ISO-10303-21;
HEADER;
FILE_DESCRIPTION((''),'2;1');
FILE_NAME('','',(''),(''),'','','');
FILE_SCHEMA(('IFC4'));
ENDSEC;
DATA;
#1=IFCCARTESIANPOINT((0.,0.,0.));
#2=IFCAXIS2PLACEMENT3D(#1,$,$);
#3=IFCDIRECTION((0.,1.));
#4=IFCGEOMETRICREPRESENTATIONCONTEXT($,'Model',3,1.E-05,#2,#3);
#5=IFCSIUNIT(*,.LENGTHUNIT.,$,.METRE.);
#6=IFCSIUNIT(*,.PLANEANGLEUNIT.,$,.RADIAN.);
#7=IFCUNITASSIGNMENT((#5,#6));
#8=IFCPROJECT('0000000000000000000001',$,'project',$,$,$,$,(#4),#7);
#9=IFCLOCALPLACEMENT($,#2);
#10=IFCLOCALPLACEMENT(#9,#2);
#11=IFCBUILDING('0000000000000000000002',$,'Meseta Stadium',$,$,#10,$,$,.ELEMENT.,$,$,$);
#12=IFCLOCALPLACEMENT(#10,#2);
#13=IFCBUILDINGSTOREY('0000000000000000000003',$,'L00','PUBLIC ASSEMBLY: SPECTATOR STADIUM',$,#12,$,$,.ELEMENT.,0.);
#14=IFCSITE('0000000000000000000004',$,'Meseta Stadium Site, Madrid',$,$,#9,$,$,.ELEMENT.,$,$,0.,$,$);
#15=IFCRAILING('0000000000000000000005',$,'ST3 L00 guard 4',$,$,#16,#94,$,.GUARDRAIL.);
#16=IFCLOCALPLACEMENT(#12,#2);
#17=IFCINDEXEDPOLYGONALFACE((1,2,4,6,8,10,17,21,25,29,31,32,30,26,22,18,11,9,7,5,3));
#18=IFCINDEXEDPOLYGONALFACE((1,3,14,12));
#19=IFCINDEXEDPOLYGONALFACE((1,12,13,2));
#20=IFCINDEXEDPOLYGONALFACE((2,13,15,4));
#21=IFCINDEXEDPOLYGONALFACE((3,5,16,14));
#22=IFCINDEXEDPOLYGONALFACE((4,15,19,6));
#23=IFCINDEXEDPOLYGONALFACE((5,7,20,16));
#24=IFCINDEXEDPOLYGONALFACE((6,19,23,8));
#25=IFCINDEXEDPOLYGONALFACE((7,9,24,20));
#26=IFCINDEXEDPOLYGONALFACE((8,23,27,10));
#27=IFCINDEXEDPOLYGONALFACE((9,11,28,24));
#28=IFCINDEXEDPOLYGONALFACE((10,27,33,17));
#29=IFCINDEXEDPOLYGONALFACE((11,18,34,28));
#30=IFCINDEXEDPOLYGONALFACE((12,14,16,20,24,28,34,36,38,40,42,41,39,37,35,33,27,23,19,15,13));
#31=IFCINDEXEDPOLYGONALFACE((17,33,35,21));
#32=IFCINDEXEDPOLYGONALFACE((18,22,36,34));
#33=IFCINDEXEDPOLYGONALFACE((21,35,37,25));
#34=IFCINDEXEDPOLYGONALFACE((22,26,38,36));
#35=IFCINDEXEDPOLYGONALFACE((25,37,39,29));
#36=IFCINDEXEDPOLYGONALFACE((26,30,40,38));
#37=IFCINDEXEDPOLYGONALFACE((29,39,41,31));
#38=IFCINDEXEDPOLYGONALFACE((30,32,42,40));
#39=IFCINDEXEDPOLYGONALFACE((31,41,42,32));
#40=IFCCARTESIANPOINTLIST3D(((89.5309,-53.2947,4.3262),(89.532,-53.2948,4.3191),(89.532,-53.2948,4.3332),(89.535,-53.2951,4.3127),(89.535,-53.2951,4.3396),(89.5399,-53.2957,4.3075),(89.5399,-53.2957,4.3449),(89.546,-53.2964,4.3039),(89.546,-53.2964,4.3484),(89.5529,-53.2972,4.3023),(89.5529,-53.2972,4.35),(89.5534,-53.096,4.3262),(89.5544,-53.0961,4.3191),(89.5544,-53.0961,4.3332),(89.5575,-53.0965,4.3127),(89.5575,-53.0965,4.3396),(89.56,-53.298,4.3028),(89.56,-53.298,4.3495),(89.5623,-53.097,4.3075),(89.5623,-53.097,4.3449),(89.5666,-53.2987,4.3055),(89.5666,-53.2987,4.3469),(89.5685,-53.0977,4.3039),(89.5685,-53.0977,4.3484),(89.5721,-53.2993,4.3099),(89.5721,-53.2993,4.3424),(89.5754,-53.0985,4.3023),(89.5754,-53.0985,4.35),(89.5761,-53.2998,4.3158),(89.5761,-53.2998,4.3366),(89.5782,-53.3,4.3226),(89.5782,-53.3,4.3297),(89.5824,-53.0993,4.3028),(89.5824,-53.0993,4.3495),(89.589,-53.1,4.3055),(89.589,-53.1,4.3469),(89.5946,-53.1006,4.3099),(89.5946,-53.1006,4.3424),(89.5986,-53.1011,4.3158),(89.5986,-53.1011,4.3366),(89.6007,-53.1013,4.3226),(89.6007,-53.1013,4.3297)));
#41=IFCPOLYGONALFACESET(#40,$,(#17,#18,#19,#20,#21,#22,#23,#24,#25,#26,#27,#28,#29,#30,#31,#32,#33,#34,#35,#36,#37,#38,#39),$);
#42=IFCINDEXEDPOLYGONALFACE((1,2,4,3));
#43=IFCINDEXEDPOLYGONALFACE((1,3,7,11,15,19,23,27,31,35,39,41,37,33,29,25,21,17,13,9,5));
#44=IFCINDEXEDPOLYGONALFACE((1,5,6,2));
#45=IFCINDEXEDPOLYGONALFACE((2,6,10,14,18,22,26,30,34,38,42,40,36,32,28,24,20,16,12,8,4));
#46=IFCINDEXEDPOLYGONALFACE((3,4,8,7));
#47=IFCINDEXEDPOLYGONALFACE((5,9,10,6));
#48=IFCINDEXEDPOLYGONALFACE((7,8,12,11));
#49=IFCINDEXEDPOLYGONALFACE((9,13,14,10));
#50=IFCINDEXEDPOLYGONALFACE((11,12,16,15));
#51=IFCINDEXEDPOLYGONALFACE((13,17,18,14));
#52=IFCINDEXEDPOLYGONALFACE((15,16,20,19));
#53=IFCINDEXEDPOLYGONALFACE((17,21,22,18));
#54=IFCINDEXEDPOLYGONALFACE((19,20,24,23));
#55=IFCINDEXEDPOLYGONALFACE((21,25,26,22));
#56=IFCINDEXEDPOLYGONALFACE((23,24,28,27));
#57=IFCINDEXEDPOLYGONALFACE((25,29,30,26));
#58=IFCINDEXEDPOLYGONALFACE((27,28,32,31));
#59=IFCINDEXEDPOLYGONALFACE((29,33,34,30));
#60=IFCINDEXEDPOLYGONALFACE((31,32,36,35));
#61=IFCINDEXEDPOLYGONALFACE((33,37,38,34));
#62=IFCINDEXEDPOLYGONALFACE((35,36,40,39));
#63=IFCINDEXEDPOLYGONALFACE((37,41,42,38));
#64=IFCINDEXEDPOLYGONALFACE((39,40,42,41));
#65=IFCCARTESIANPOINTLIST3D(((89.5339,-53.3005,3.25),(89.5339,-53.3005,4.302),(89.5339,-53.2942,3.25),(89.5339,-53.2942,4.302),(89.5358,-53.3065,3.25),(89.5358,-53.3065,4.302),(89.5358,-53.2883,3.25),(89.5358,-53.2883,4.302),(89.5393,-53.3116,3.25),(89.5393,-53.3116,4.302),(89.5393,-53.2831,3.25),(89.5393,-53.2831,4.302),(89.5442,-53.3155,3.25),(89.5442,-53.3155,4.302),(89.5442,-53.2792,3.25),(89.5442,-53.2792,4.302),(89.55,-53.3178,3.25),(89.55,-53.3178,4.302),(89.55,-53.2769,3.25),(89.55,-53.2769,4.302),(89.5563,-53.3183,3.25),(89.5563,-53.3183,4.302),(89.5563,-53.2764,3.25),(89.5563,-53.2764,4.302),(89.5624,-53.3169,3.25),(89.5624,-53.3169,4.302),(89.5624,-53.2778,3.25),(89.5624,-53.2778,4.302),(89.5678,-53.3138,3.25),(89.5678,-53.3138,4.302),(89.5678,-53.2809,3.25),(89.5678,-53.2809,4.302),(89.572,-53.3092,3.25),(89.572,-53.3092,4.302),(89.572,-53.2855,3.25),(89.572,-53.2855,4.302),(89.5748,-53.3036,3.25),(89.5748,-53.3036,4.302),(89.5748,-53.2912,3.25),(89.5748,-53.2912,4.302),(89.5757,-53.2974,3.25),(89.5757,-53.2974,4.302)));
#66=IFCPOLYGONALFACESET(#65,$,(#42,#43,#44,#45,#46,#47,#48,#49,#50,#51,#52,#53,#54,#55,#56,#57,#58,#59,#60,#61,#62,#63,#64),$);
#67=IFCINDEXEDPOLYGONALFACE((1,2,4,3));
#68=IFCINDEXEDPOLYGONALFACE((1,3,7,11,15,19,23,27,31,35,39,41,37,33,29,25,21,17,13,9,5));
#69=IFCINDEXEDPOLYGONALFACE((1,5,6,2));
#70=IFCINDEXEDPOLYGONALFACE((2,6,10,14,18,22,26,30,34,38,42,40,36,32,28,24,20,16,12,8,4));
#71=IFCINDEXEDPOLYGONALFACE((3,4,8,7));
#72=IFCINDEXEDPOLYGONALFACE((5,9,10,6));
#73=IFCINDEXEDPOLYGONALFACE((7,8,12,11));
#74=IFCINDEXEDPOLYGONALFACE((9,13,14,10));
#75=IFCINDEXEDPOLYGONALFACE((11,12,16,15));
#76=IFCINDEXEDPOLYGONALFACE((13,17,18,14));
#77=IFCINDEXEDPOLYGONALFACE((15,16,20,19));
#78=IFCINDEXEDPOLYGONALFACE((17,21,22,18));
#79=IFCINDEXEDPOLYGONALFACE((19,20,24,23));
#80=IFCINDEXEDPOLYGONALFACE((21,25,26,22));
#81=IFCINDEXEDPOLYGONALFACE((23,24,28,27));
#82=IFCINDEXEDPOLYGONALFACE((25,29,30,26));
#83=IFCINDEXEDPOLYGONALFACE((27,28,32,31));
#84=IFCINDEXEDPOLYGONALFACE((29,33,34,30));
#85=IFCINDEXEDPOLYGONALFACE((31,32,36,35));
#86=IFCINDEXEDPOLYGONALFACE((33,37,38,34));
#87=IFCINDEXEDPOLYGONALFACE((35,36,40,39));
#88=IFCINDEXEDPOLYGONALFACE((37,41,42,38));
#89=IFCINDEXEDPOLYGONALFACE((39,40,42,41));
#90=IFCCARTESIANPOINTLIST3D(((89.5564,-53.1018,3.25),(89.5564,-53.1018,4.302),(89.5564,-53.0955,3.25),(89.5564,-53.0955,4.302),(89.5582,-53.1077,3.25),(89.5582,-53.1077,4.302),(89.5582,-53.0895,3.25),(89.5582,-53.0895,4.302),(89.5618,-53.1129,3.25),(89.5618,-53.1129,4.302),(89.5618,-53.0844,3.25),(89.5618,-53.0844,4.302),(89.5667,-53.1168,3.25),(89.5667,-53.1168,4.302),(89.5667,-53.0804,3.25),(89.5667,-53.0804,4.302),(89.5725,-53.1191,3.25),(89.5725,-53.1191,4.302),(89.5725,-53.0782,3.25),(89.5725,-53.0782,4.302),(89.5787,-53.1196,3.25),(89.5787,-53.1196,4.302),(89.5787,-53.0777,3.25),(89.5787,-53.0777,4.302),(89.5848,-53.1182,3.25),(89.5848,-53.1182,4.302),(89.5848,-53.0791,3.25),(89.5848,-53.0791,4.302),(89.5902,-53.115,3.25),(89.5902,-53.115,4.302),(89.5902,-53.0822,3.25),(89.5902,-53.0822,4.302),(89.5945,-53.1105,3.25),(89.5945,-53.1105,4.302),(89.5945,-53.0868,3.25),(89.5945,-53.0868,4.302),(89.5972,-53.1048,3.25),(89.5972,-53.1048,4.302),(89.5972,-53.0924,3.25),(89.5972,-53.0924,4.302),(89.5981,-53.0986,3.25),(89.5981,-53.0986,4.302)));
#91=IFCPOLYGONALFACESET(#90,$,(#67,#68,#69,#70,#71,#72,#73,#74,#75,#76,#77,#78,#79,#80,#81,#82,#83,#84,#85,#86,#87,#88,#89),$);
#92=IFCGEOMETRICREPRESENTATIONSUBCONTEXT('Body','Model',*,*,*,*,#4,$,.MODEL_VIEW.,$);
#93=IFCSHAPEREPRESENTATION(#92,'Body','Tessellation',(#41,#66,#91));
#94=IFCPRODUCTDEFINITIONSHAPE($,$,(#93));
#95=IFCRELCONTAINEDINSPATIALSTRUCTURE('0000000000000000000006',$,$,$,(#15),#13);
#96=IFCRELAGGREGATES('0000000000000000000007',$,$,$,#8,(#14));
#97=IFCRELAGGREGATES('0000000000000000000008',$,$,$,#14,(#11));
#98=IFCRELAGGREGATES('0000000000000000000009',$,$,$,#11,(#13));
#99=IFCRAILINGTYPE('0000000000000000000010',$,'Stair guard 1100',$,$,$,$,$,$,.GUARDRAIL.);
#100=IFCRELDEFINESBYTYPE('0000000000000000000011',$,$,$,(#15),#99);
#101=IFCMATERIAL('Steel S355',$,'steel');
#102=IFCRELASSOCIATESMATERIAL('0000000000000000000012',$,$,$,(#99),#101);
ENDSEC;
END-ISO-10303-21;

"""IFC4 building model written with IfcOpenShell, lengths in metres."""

from ifc_helpers import new_model, si_unit, direction, frame, origin, origin_2d, place, context, subcontext, project, spatial, circle, extrude, material, type_object, element, save


model = new_model("IFC4")

# Units and contexts
model_context = context("Model", 3, precision=1e-05, world=origin(), true_north=direction((0.0, 1.0)))
body_context = subcontext(model_context, "Body", "Model", "MODEL_VIEW")
ifc_project = project(units=[si_unit("LENGTHUNIT", "METRE"), si_unit("PLANEANGLEUNIT", "RADIAN")], contexts=[model_context])

# Site, building, storey
site_placement = place(None, origin())
site = spatial("IfcSite", under=ifc_project, at=site_placement, Name="Meseta Stadium Site, Madrid", CompositionType="ELEMENT", RefElevation=0.0)
building_placement = place(site_placement, origin())
building = spatial("IfcBuilding", under=site, at=building_placement, Name="Meseta Stadium", CompositionType="ELEMENT")
storey_placement = place(building_placement, origin())
storey = spatial("IfcBuildingStorey", under=building, at=storey_placement, Name="L00", Description="PUBLIC ASSEMBLY: SPECTATOR STADIUM", CompositionType="ELEMENT", Elevation=0.0)

# Railing
ifc_material_1 = material(Name="Steel S355", Category="steel")
railing_type_1 = type_object("IfcRailingType", Name="Stair guard 1100", PredefinedType="GUARDRAIL", material=ifc_material_1)
railing_1_placement = place(storey_placement, frame((89.5547, -53.2974, 3.25)))
element("IfcRailing", 1, at=railing_1_placement, inside=storey, type_object=railing_type_1, Name="ST3 L00 guard 4", PredefinedType="GUARDRAIL", context=body_context, shape_type="SweptSolid", body=[
    extrude(circle(Radius=0.0239, at=origin_2d()), frame((0.0, 0.0, 1.0762), z_axis=(0.112307, 0.993674, 0.0), x_axis=(-0.993674, 0.112307, 0.0)), (0.0, 0.0, 1.0), 0.2),
    extrude(circle(Radius=0.021, at=origin_2d()), origin(), (0.0, 0.0, 1.0), 1.052),
    extrude(circle(Radius=0.021, at=origin_2d()), frame((0.0225, 0.1987, 0.0)), (0.0, 0.0, 1.0), 1.052),
])

save(model, "model.ifc")
